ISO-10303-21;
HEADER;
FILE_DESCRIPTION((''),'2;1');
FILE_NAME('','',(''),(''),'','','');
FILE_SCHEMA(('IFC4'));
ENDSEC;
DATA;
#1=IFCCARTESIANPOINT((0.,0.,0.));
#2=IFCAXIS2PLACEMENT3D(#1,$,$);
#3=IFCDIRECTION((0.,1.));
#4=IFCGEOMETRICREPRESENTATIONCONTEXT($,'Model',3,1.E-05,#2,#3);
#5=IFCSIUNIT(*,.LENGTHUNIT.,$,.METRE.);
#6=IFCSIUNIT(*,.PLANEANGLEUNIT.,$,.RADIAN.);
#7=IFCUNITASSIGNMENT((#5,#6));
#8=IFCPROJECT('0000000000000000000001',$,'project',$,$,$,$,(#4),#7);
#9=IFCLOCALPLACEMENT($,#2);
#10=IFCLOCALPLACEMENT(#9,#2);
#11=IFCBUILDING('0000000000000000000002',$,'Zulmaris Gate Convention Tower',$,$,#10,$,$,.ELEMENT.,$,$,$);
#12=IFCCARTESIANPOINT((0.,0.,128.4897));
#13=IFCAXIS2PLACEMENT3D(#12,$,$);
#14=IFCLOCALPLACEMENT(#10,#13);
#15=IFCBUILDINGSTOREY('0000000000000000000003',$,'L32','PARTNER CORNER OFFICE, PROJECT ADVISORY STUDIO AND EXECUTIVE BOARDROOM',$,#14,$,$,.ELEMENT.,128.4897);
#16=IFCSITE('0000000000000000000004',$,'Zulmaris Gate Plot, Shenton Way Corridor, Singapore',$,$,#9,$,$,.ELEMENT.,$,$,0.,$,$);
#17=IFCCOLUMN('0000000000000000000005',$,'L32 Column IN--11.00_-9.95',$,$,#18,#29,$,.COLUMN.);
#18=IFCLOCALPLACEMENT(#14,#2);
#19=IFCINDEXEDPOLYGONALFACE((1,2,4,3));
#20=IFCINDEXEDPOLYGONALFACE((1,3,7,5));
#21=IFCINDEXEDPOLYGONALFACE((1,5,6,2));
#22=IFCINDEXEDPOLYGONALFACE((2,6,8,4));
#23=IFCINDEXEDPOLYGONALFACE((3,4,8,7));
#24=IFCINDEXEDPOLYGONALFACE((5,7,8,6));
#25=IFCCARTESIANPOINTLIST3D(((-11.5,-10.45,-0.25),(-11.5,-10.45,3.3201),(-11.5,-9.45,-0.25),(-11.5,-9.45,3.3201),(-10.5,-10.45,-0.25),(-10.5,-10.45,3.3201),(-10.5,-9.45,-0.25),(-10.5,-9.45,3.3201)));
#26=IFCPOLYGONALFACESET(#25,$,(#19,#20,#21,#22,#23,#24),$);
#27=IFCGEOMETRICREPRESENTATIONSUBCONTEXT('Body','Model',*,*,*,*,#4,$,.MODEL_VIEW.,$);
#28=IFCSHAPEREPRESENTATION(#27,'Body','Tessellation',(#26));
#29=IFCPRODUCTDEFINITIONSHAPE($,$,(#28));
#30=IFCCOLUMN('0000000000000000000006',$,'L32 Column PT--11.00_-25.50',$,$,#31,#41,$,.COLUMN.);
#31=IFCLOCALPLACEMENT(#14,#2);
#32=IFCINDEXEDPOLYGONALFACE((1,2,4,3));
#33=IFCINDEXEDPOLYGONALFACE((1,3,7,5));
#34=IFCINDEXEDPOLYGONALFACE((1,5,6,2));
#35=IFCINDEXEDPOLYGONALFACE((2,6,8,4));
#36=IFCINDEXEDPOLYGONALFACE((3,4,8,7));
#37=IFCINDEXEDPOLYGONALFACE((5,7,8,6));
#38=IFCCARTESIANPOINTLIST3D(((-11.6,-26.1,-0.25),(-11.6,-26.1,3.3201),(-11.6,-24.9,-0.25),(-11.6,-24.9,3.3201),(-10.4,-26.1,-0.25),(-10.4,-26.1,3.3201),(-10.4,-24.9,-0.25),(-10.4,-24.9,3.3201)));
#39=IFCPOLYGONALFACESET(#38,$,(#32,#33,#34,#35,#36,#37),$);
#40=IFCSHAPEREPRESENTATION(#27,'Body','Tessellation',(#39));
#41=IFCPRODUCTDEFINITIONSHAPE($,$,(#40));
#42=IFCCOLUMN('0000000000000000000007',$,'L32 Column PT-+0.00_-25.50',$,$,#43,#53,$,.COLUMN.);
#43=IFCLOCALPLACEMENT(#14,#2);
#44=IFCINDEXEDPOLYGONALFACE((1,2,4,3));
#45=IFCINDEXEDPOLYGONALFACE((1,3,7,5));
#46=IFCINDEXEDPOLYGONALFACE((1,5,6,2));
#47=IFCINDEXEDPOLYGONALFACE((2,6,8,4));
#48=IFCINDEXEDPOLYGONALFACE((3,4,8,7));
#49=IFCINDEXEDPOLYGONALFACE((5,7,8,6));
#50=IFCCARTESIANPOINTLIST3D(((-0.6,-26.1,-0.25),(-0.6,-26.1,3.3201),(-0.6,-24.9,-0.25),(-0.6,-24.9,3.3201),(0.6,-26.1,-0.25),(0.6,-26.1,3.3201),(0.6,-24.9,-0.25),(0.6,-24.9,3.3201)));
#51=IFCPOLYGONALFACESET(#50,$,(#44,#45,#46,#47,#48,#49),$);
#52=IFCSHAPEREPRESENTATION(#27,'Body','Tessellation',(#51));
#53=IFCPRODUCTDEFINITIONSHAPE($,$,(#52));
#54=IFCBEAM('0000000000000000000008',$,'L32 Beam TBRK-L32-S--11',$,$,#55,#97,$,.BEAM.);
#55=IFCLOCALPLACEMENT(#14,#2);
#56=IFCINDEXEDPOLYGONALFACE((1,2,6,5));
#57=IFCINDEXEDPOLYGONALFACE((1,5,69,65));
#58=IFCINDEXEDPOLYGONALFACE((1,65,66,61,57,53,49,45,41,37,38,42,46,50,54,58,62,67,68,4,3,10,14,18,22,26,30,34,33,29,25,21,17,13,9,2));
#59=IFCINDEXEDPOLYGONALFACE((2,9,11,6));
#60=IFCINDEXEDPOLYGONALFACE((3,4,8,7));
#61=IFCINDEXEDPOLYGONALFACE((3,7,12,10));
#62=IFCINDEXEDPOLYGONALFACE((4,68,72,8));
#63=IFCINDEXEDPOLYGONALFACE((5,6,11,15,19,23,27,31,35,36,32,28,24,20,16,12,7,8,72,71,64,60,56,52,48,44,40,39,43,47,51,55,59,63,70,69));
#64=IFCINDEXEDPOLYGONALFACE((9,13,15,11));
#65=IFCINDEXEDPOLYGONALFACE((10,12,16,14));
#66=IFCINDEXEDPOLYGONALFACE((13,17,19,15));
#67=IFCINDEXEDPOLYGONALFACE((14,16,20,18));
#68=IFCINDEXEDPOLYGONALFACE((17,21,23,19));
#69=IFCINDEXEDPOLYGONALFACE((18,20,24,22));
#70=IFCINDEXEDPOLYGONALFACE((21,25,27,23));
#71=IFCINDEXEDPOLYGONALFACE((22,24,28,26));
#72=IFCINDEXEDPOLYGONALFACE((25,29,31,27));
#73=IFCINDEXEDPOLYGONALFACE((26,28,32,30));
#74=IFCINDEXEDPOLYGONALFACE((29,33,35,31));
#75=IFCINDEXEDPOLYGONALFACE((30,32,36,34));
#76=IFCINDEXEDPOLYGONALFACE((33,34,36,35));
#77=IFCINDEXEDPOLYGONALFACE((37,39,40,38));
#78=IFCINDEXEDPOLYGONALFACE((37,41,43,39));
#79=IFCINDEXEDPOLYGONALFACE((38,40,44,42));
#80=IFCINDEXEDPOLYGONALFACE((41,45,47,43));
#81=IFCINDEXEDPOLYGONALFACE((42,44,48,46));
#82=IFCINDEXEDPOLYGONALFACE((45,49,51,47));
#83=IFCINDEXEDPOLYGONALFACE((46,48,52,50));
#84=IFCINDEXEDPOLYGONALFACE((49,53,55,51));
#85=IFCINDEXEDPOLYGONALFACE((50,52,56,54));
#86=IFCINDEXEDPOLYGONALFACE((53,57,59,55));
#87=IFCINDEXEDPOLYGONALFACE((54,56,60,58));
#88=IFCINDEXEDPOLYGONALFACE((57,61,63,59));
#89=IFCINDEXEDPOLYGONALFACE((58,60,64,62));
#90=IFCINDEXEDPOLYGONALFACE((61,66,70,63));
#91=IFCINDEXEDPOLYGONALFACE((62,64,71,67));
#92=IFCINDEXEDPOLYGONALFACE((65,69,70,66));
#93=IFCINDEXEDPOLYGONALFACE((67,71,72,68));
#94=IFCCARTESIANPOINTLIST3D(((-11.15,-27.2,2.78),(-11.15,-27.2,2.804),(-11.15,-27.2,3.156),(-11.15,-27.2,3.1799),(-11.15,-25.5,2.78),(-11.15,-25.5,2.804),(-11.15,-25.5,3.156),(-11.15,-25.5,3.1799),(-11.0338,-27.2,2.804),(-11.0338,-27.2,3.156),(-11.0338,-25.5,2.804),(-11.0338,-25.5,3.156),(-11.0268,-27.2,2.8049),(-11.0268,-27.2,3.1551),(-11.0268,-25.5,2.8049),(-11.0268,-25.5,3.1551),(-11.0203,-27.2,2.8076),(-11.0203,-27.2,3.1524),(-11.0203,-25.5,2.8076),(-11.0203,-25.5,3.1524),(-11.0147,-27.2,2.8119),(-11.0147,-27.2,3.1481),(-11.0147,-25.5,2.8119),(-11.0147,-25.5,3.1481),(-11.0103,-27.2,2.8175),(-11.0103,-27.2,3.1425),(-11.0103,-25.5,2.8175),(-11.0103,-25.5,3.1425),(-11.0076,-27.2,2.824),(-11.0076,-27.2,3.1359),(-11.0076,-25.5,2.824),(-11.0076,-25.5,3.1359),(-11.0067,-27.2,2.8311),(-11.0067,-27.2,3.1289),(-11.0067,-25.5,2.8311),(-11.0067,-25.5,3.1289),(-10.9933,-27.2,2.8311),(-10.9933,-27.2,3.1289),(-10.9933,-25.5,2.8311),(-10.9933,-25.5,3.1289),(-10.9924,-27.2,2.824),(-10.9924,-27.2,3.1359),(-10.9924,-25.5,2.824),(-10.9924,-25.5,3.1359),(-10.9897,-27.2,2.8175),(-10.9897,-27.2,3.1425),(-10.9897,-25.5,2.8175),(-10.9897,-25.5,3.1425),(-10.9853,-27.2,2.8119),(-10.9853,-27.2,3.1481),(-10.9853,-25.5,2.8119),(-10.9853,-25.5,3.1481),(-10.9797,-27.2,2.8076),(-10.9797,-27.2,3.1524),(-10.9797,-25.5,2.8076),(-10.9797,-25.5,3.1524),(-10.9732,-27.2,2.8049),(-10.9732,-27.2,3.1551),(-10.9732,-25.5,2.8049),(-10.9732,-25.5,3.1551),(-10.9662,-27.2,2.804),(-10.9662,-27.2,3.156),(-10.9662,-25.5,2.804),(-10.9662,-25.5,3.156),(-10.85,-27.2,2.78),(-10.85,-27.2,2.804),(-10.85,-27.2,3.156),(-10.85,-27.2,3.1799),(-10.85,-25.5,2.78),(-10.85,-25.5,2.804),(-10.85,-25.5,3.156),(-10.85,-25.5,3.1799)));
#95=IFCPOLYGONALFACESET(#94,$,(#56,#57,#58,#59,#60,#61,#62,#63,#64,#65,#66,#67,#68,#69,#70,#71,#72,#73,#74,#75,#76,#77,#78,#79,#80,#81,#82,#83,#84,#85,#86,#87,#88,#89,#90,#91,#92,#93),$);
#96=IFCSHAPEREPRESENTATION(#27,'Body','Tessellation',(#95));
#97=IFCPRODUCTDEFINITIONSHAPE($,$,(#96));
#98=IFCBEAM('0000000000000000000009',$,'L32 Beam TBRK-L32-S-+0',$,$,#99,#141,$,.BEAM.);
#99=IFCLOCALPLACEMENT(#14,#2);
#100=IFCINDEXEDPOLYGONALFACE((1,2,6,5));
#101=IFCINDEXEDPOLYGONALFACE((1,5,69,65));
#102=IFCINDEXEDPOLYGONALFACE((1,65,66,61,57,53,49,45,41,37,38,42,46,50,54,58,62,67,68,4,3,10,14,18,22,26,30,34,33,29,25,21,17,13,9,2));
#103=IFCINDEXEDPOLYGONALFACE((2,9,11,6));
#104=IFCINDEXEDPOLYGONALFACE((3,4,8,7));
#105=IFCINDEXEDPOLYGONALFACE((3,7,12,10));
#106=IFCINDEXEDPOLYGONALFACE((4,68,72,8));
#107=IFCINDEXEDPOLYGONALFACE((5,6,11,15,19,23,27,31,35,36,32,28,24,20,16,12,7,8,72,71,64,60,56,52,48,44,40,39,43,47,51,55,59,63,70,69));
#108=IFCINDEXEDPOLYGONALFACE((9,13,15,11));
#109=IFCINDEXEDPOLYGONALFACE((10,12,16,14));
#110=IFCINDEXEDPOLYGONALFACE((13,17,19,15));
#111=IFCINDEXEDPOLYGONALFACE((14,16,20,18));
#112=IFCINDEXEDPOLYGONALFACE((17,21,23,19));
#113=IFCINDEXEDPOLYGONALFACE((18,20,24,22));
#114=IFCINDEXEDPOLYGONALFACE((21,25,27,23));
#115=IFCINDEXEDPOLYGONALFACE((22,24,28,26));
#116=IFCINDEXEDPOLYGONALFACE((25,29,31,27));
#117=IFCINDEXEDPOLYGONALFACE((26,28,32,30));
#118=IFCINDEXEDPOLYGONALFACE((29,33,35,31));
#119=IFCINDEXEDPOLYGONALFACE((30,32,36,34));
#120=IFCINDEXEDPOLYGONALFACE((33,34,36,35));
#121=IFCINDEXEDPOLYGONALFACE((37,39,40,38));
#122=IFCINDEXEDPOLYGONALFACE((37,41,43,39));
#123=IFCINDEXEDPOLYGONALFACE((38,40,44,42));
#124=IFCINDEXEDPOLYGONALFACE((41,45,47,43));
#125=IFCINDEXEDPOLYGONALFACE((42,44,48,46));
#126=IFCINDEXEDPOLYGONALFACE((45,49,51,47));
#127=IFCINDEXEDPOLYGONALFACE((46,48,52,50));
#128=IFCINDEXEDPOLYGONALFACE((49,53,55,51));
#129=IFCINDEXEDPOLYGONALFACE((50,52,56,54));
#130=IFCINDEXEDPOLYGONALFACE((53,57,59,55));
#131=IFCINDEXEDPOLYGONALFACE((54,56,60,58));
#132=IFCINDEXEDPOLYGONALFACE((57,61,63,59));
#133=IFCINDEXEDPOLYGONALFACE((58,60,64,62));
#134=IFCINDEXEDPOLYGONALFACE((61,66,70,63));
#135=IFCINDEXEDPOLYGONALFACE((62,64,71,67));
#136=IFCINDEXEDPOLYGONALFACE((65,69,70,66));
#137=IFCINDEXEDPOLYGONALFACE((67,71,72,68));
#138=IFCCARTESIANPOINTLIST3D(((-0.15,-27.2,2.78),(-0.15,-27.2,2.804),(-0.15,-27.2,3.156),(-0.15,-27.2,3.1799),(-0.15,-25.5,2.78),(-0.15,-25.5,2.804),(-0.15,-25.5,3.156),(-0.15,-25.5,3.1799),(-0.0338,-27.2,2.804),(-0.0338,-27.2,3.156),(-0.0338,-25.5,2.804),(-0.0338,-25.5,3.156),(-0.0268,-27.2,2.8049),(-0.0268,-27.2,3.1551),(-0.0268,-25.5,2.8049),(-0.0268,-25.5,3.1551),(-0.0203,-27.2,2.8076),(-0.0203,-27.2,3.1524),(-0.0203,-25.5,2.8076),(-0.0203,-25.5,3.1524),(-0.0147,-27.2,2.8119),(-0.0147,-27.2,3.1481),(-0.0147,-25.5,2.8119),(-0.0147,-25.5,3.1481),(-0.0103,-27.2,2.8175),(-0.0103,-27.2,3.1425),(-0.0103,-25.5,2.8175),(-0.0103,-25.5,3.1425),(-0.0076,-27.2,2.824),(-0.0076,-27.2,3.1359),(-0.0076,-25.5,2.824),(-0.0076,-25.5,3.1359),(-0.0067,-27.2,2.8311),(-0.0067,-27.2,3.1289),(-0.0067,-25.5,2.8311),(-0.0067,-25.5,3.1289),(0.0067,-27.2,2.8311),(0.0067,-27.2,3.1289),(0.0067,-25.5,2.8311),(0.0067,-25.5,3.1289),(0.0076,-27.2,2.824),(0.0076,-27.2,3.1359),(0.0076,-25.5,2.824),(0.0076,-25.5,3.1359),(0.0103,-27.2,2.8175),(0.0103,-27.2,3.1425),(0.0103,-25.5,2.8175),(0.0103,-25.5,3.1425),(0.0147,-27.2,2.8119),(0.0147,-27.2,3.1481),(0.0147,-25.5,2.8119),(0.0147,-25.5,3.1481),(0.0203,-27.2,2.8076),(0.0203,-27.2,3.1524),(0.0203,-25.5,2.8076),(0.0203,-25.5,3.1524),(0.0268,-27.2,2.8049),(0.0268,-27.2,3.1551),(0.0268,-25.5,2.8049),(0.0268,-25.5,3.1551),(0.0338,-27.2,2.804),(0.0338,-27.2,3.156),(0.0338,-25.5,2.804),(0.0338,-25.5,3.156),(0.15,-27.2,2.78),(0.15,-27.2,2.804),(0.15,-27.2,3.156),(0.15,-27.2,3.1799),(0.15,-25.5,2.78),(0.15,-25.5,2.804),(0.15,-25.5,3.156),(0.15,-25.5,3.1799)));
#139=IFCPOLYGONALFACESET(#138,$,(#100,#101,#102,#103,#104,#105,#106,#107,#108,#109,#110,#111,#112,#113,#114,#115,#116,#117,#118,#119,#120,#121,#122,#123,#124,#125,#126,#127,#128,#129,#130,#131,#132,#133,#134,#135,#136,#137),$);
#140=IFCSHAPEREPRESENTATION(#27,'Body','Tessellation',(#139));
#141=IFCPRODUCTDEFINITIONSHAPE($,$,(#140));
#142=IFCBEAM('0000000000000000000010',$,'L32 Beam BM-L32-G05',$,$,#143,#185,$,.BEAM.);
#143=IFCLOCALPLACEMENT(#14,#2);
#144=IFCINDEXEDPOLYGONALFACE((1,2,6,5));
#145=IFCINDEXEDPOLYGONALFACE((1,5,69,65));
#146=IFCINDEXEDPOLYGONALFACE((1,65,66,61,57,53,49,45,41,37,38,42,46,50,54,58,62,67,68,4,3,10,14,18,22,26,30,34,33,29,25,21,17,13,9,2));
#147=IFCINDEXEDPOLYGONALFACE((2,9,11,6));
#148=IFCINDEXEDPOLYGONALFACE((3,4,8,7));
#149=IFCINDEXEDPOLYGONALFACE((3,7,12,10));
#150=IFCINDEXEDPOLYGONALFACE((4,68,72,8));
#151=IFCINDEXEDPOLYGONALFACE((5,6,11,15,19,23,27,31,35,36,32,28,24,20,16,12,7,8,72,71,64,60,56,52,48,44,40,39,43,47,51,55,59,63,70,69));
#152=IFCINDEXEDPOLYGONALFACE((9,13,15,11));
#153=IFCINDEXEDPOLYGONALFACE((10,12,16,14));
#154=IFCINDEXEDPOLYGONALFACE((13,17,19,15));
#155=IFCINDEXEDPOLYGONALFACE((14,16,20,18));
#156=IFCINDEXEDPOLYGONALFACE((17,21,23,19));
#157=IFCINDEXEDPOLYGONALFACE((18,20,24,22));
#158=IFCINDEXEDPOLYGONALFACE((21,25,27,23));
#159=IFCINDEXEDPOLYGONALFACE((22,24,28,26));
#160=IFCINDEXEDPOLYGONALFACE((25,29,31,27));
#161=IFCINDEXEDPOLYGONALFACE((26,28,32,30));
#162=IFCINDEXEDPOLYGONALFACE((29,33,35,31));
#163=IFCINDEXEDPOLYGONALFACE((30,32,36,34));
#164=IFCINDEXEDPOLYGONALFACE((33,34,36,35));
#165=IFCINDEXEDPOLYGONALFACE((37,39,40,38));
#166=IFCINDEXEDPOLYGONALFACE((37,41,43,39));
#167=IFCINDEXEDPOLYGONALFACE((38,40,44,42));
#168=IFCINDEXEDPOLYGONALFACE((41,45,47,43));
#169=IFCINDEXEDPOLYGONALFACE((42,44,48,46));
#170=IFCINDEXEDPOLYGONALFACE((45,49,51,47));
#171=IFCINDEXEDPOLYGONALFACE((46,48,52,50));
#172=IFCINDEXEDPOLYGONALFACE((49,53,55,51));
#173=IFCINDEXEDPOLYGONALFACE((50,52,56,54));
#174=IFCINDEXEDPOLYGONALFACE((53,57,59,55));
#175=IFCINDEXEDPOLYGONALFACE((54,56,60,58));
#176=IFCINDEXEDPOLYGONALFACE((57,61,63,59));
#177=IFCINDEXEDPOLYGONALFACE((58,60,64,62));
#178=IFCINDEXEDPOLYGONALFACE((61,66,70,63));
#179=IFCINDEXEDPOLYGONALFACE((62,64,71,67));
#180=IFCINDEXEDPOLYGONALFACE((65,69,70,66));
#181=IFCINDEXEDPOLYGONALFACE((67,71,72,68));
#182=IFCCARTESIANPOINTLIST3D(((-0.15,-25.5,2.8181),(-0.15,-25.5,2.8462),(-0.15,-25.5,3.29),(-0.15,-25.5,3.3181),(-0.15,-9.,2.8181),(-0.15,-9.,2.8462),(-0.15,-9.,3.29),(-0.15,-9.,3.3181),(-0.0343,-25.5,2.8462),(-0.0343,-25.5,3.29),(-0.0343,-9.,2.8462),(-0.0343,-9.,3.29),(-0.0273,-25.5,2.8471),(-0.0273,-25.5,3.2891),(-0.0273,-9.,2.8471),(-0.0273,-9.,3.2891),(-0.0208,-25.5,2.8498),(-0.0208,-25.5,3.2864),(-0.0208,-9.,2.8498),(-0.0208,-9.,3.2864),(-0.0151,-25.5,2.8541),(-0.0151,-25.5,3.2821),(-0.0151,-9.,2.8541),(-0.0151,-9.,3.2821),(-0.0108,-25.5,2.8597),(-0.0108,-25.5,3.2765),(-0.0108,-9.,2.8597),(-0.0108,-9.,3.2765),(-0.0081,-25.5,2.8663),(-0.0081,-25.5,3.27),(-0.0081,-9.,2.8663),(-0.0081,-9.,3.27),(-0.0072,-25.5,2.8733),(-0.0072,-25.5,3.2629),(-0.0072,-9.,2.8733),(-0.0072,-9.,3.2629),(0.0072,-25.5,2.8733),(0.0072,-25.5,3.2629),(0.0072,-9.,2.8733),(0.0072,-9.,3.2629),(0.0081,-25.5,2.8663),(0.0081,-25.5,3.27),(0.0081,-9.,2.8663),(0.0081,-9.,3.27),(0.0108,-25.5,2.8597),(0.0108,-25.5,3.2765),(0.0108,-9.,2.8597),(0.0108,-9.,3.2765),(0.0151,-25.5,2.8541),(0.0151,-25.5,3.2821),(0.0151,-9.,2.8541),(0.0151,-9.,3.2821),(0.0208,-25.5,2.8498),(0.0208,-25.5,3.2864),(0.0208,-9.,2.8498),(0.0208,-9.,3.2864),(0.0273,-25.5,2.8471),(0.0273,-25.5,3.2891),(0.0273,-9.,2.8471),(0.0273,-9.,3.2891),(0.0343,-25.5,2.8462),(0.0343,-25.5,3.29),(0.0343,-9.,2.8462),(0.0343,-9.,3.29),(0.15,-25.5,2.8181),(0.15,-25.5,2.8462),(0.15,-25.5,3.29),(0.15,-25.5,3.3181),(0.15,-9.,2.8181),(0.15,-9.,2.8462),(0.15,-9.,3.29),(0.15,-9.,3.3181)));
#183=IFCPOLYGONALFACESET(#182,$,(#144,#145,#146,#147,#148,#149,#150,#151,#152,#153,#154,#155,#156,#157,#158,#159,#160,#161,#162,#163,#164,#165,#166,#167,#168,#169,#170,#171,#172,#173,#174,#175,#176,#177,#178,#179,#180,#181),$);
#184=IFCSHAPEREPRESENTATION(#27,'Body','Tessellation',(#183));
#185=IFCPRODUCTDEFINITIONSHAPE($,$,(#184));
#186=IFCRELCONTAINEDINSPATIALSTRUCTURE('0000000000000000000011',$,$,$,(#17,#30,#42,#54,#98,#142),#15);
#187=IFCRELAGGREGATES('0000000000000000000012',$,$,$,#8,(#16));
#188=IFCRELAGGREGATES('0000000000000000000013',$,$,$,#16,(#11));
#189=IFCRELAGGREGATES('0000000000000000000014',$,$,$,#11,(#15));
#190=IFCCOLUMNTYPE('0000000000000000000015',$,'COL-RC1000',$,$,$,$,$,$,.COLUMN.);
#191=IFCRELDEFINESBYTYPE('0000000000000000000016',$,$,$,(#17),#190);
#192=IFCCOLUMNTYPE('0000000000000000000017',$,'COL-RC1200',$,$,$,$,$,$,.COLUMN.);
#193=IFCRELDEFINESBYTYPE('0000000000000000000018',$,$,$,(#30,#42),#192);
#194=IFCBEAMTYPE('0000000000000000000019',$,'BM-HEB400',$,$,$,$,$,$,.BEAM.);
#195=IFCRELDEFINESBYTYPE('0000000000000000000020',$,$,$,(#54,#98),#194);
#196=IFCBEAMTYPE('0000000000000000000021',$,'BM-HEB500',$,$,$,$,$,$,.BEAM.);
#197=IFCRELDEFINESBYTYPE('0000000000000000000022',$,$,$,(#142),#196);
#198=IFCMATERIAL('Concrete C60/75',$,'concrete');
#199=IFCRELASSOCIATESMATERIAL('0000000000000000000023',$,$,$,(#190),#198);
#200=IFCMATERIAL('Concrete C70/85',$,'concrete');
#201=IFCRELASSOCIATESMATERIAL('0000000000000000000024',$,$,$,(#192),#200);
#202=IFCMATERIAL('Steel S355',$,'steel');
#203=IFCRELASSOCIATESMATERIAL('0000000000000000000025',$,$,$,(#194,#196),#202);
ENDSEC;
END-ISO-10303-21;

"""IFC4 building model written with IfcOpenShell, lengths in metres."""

from ifc_helpers import new_model, si_unit, direction, frame, origin, origin_2d, place, context, subcontext, project, spatial, rectangle, i_section, extrude, material, material_profile, profile_set, type_object, element, save


model = new_model("IFC4")

# Units and contexts
model_context = context("Model", 3, precision=1e-05, world=origin(), true_north=direction((0.0, 1.0)))
body_context = subcontext(model_context, "Body", "Model", "MODEL_VIEW")
ifc_project = project(units=[si_unit("LENGTHUNIT", "METRE"), si_unit("PLANEANGLEUNIT", "RADIAN")], contexts=[model_context])

# Site, building, storey
site_placement = place(None, origin())
site = spatial("IfcSite", under=ifc_project, at=site_placement, Name="Zulmaris Gate Plot, Shenton Way Corridor, Singapore", CompositionType="ELEMENT", RefElevation=0.0)
building_placement = place(site_placement, origin())
building = spatial("IfcBuilding", under=site, at=building_placement, Name="Zulmaris Gate Convention Tower", CompositionType="ELEMENT")
storey_placement = place(building_placement, frame((0.0, 0.0, 128.4897)))
storey = spatial("IfcBuildingStorey", under=building, at=storey_placement, Name="L32", Description="PARTNER CORNER OFFICE, PROJECT ADVISORY STUDIO AND EXECUTIVE BOARDROOM", CompositionType="ELEMENT", Elevation=128.4897)

# Columns
ifc_material_1 = material(Name="Concrete C60/75", Category="concrete")
ifc_material_profile_1 = material_profile(ifc_material_1, rectangle(XDim=1.0, YDim=1.0, at=origin_2d()), Name="RC COL 1000x1000")
ifc_profile_set_1 = profile_set([ifc_material_profile_1], Name="Concrete C60/75")
column_type_1 = type_object("IfcColumnType", Name="COL-RC1000", PredefinedType="COLUMN", material=ifc_profile_set_1)
column_placement = place(storey_placement, frame((-11.0, -9.95, -0.25), z_axis=(0.0, 0.0, 1.0), x_axis=(1.0, 0.0, 0.0)))
element("IfcColumn", 1, at=column_placement, inside=storey, type_object=column_type_1, Name="L32 Column IN--11.00_-9.95", PredefinedType="COLUMN", context=body_context, shape_type="SweptSolid", body=[
    extrude(rectangle(XDim=1.0, YDim=1.0, at=origin_2d()), origin(), (0.0, 0.0, 1.0), 3.5701),
])
ifc_material_2 = material(Name="Concrete C70/85", Category="concrete")
ifc_material_profile_2 = material_profile(ifc_material_2, rectangle(XDim=1.2, YDim=1.2, at=origin_2d()), Name="RC COL 1200x1200")
ifc_profile_set_2 = profile_set([ifc_material_profile_2], Name="Concrete C70/85")
column_type_2 = type_object("IfcColumnType", Name="COL-RC1200", PredefinedType="COLUMN", material=ifc_profile_set_2)
for number, where, z_axis, x_axis, name in (
    (2, (-11.0, -25.5, -0.25), (0.0, 0.0, 1.0), (1.0, 0.0, 0.0), "L32 Column PT--11.00_-25.50"),
    (3, (0.0, -25.5, -0.25), (0.0, 0.0, 1.0), (1.0, 0.0, 0.0), "L32 Column PT-+0.00_-25.50"),
):
    element("IfcColumn", number, at=place(storey_placement, frame(where, z_axis=z_axis, x_axis=x_axis)), inside=storey, type_object=column_type_2, Name=name, PredefinedType="COLUMN", context=body_context, shape_type="SweptSolid", body=[
        extrude(rectangle(XDim=1.2, YDim=1.2, at=origin_2d()), origin(), (0.0, 0.0, 1.0), 3.5701),
    ])

# Beams
ifc_material_3 = material(Name="Steel S355", Category="steel")
ifc_material_profile_3 = material_profile(ifc_material_3, i_section(OverallWidth=0.3, OverallDepth=0.3999, WebThickness=0.0134, FlangeThickness=0.0239, FilletRadius=0.0271, at=origin_2d()), Name="HEB 400")
ifc_profile_set_3 = profile_set([ifc_material_profile_3], Name="Steel S355")
beam_type_1 = type_object("IfcBeamType", Name="BM-HEB400", PredefinedType="BEAM", material=ifc_profile_set_3)
for number, where, z_axis, x_axis, name in (
    (4, (-11.0, -27.2, 2.98), (0.0, 1.0, 0.0), (-1.0, 0.0, 0.0), "L32 Beam TBRK-L32-S--11"),
    (5, (0.0, -27.2, 2.98), (0.0, 1.0, 0.0), (-1.0, 0.0, 0.0), "L32 Beam TBRK-L32-S-+0"),
):
    element("IfcBeam", number, at=place(storey_placement, frame(where, z_axis=z_axis, x_axis=x_axis)), inside=storey, type_object=beam_type_1, Name=name, PredefinedType="BEAM", context=body_context, shape_type="SweptSolid", body=[
        extrude(i_section(OverallWidth=0.3, OverallDepth=0.3999, WebThickness=0.0134, FlangeThickness=0.0239, FilletRadius=0.0271, at=origin_2d()), origin(), (0.0, 0.0, 1.0), 1.7),
    ])
ifc_material_profile_4 = material_profile(ifc_material_3, i_section(OverallWidth=0.3, OverallDepth=0.5, WebThickness=0.0144, FlangeThickness=0.0281, FilletRadius=0.0271, at=origin_2d()), Name="HEB 500")
ifc_profile_set_4 = profile_set([ifc_material_profile_4], Name="Steel S355")
beam_type_2 = type_object("IfcBeamType", Name="BM-HEB500", PredefinedType="BEAM", material=ifc_profile_set_4)
beam_1_placement = place(storey_placement, frame((0.0, -25.5, 3.0681), z_axis=(0.0, 1.0, 0.0), x_axis=(-1.0, 0.0, 0.0)))
element("IfcBeam", 6, at=beam_1_placement, inside=storey, type_object=beam_type_2, Name="L32 Beam BM-L32-G05", PredefinedType="BEAM", context=body_context, shape_type="SweptSolid", body=[
    extrude(i_section(OverallWidth=0.3, OverallDepth=0.5, WebThickness=0.0144, FlangeThickness=0.0281, FilletRadius=0.0271, at=origin_2d()), origin(), (0.0, 0.0, 1.0), 16.5),
])

save(model, "model.ifc")
